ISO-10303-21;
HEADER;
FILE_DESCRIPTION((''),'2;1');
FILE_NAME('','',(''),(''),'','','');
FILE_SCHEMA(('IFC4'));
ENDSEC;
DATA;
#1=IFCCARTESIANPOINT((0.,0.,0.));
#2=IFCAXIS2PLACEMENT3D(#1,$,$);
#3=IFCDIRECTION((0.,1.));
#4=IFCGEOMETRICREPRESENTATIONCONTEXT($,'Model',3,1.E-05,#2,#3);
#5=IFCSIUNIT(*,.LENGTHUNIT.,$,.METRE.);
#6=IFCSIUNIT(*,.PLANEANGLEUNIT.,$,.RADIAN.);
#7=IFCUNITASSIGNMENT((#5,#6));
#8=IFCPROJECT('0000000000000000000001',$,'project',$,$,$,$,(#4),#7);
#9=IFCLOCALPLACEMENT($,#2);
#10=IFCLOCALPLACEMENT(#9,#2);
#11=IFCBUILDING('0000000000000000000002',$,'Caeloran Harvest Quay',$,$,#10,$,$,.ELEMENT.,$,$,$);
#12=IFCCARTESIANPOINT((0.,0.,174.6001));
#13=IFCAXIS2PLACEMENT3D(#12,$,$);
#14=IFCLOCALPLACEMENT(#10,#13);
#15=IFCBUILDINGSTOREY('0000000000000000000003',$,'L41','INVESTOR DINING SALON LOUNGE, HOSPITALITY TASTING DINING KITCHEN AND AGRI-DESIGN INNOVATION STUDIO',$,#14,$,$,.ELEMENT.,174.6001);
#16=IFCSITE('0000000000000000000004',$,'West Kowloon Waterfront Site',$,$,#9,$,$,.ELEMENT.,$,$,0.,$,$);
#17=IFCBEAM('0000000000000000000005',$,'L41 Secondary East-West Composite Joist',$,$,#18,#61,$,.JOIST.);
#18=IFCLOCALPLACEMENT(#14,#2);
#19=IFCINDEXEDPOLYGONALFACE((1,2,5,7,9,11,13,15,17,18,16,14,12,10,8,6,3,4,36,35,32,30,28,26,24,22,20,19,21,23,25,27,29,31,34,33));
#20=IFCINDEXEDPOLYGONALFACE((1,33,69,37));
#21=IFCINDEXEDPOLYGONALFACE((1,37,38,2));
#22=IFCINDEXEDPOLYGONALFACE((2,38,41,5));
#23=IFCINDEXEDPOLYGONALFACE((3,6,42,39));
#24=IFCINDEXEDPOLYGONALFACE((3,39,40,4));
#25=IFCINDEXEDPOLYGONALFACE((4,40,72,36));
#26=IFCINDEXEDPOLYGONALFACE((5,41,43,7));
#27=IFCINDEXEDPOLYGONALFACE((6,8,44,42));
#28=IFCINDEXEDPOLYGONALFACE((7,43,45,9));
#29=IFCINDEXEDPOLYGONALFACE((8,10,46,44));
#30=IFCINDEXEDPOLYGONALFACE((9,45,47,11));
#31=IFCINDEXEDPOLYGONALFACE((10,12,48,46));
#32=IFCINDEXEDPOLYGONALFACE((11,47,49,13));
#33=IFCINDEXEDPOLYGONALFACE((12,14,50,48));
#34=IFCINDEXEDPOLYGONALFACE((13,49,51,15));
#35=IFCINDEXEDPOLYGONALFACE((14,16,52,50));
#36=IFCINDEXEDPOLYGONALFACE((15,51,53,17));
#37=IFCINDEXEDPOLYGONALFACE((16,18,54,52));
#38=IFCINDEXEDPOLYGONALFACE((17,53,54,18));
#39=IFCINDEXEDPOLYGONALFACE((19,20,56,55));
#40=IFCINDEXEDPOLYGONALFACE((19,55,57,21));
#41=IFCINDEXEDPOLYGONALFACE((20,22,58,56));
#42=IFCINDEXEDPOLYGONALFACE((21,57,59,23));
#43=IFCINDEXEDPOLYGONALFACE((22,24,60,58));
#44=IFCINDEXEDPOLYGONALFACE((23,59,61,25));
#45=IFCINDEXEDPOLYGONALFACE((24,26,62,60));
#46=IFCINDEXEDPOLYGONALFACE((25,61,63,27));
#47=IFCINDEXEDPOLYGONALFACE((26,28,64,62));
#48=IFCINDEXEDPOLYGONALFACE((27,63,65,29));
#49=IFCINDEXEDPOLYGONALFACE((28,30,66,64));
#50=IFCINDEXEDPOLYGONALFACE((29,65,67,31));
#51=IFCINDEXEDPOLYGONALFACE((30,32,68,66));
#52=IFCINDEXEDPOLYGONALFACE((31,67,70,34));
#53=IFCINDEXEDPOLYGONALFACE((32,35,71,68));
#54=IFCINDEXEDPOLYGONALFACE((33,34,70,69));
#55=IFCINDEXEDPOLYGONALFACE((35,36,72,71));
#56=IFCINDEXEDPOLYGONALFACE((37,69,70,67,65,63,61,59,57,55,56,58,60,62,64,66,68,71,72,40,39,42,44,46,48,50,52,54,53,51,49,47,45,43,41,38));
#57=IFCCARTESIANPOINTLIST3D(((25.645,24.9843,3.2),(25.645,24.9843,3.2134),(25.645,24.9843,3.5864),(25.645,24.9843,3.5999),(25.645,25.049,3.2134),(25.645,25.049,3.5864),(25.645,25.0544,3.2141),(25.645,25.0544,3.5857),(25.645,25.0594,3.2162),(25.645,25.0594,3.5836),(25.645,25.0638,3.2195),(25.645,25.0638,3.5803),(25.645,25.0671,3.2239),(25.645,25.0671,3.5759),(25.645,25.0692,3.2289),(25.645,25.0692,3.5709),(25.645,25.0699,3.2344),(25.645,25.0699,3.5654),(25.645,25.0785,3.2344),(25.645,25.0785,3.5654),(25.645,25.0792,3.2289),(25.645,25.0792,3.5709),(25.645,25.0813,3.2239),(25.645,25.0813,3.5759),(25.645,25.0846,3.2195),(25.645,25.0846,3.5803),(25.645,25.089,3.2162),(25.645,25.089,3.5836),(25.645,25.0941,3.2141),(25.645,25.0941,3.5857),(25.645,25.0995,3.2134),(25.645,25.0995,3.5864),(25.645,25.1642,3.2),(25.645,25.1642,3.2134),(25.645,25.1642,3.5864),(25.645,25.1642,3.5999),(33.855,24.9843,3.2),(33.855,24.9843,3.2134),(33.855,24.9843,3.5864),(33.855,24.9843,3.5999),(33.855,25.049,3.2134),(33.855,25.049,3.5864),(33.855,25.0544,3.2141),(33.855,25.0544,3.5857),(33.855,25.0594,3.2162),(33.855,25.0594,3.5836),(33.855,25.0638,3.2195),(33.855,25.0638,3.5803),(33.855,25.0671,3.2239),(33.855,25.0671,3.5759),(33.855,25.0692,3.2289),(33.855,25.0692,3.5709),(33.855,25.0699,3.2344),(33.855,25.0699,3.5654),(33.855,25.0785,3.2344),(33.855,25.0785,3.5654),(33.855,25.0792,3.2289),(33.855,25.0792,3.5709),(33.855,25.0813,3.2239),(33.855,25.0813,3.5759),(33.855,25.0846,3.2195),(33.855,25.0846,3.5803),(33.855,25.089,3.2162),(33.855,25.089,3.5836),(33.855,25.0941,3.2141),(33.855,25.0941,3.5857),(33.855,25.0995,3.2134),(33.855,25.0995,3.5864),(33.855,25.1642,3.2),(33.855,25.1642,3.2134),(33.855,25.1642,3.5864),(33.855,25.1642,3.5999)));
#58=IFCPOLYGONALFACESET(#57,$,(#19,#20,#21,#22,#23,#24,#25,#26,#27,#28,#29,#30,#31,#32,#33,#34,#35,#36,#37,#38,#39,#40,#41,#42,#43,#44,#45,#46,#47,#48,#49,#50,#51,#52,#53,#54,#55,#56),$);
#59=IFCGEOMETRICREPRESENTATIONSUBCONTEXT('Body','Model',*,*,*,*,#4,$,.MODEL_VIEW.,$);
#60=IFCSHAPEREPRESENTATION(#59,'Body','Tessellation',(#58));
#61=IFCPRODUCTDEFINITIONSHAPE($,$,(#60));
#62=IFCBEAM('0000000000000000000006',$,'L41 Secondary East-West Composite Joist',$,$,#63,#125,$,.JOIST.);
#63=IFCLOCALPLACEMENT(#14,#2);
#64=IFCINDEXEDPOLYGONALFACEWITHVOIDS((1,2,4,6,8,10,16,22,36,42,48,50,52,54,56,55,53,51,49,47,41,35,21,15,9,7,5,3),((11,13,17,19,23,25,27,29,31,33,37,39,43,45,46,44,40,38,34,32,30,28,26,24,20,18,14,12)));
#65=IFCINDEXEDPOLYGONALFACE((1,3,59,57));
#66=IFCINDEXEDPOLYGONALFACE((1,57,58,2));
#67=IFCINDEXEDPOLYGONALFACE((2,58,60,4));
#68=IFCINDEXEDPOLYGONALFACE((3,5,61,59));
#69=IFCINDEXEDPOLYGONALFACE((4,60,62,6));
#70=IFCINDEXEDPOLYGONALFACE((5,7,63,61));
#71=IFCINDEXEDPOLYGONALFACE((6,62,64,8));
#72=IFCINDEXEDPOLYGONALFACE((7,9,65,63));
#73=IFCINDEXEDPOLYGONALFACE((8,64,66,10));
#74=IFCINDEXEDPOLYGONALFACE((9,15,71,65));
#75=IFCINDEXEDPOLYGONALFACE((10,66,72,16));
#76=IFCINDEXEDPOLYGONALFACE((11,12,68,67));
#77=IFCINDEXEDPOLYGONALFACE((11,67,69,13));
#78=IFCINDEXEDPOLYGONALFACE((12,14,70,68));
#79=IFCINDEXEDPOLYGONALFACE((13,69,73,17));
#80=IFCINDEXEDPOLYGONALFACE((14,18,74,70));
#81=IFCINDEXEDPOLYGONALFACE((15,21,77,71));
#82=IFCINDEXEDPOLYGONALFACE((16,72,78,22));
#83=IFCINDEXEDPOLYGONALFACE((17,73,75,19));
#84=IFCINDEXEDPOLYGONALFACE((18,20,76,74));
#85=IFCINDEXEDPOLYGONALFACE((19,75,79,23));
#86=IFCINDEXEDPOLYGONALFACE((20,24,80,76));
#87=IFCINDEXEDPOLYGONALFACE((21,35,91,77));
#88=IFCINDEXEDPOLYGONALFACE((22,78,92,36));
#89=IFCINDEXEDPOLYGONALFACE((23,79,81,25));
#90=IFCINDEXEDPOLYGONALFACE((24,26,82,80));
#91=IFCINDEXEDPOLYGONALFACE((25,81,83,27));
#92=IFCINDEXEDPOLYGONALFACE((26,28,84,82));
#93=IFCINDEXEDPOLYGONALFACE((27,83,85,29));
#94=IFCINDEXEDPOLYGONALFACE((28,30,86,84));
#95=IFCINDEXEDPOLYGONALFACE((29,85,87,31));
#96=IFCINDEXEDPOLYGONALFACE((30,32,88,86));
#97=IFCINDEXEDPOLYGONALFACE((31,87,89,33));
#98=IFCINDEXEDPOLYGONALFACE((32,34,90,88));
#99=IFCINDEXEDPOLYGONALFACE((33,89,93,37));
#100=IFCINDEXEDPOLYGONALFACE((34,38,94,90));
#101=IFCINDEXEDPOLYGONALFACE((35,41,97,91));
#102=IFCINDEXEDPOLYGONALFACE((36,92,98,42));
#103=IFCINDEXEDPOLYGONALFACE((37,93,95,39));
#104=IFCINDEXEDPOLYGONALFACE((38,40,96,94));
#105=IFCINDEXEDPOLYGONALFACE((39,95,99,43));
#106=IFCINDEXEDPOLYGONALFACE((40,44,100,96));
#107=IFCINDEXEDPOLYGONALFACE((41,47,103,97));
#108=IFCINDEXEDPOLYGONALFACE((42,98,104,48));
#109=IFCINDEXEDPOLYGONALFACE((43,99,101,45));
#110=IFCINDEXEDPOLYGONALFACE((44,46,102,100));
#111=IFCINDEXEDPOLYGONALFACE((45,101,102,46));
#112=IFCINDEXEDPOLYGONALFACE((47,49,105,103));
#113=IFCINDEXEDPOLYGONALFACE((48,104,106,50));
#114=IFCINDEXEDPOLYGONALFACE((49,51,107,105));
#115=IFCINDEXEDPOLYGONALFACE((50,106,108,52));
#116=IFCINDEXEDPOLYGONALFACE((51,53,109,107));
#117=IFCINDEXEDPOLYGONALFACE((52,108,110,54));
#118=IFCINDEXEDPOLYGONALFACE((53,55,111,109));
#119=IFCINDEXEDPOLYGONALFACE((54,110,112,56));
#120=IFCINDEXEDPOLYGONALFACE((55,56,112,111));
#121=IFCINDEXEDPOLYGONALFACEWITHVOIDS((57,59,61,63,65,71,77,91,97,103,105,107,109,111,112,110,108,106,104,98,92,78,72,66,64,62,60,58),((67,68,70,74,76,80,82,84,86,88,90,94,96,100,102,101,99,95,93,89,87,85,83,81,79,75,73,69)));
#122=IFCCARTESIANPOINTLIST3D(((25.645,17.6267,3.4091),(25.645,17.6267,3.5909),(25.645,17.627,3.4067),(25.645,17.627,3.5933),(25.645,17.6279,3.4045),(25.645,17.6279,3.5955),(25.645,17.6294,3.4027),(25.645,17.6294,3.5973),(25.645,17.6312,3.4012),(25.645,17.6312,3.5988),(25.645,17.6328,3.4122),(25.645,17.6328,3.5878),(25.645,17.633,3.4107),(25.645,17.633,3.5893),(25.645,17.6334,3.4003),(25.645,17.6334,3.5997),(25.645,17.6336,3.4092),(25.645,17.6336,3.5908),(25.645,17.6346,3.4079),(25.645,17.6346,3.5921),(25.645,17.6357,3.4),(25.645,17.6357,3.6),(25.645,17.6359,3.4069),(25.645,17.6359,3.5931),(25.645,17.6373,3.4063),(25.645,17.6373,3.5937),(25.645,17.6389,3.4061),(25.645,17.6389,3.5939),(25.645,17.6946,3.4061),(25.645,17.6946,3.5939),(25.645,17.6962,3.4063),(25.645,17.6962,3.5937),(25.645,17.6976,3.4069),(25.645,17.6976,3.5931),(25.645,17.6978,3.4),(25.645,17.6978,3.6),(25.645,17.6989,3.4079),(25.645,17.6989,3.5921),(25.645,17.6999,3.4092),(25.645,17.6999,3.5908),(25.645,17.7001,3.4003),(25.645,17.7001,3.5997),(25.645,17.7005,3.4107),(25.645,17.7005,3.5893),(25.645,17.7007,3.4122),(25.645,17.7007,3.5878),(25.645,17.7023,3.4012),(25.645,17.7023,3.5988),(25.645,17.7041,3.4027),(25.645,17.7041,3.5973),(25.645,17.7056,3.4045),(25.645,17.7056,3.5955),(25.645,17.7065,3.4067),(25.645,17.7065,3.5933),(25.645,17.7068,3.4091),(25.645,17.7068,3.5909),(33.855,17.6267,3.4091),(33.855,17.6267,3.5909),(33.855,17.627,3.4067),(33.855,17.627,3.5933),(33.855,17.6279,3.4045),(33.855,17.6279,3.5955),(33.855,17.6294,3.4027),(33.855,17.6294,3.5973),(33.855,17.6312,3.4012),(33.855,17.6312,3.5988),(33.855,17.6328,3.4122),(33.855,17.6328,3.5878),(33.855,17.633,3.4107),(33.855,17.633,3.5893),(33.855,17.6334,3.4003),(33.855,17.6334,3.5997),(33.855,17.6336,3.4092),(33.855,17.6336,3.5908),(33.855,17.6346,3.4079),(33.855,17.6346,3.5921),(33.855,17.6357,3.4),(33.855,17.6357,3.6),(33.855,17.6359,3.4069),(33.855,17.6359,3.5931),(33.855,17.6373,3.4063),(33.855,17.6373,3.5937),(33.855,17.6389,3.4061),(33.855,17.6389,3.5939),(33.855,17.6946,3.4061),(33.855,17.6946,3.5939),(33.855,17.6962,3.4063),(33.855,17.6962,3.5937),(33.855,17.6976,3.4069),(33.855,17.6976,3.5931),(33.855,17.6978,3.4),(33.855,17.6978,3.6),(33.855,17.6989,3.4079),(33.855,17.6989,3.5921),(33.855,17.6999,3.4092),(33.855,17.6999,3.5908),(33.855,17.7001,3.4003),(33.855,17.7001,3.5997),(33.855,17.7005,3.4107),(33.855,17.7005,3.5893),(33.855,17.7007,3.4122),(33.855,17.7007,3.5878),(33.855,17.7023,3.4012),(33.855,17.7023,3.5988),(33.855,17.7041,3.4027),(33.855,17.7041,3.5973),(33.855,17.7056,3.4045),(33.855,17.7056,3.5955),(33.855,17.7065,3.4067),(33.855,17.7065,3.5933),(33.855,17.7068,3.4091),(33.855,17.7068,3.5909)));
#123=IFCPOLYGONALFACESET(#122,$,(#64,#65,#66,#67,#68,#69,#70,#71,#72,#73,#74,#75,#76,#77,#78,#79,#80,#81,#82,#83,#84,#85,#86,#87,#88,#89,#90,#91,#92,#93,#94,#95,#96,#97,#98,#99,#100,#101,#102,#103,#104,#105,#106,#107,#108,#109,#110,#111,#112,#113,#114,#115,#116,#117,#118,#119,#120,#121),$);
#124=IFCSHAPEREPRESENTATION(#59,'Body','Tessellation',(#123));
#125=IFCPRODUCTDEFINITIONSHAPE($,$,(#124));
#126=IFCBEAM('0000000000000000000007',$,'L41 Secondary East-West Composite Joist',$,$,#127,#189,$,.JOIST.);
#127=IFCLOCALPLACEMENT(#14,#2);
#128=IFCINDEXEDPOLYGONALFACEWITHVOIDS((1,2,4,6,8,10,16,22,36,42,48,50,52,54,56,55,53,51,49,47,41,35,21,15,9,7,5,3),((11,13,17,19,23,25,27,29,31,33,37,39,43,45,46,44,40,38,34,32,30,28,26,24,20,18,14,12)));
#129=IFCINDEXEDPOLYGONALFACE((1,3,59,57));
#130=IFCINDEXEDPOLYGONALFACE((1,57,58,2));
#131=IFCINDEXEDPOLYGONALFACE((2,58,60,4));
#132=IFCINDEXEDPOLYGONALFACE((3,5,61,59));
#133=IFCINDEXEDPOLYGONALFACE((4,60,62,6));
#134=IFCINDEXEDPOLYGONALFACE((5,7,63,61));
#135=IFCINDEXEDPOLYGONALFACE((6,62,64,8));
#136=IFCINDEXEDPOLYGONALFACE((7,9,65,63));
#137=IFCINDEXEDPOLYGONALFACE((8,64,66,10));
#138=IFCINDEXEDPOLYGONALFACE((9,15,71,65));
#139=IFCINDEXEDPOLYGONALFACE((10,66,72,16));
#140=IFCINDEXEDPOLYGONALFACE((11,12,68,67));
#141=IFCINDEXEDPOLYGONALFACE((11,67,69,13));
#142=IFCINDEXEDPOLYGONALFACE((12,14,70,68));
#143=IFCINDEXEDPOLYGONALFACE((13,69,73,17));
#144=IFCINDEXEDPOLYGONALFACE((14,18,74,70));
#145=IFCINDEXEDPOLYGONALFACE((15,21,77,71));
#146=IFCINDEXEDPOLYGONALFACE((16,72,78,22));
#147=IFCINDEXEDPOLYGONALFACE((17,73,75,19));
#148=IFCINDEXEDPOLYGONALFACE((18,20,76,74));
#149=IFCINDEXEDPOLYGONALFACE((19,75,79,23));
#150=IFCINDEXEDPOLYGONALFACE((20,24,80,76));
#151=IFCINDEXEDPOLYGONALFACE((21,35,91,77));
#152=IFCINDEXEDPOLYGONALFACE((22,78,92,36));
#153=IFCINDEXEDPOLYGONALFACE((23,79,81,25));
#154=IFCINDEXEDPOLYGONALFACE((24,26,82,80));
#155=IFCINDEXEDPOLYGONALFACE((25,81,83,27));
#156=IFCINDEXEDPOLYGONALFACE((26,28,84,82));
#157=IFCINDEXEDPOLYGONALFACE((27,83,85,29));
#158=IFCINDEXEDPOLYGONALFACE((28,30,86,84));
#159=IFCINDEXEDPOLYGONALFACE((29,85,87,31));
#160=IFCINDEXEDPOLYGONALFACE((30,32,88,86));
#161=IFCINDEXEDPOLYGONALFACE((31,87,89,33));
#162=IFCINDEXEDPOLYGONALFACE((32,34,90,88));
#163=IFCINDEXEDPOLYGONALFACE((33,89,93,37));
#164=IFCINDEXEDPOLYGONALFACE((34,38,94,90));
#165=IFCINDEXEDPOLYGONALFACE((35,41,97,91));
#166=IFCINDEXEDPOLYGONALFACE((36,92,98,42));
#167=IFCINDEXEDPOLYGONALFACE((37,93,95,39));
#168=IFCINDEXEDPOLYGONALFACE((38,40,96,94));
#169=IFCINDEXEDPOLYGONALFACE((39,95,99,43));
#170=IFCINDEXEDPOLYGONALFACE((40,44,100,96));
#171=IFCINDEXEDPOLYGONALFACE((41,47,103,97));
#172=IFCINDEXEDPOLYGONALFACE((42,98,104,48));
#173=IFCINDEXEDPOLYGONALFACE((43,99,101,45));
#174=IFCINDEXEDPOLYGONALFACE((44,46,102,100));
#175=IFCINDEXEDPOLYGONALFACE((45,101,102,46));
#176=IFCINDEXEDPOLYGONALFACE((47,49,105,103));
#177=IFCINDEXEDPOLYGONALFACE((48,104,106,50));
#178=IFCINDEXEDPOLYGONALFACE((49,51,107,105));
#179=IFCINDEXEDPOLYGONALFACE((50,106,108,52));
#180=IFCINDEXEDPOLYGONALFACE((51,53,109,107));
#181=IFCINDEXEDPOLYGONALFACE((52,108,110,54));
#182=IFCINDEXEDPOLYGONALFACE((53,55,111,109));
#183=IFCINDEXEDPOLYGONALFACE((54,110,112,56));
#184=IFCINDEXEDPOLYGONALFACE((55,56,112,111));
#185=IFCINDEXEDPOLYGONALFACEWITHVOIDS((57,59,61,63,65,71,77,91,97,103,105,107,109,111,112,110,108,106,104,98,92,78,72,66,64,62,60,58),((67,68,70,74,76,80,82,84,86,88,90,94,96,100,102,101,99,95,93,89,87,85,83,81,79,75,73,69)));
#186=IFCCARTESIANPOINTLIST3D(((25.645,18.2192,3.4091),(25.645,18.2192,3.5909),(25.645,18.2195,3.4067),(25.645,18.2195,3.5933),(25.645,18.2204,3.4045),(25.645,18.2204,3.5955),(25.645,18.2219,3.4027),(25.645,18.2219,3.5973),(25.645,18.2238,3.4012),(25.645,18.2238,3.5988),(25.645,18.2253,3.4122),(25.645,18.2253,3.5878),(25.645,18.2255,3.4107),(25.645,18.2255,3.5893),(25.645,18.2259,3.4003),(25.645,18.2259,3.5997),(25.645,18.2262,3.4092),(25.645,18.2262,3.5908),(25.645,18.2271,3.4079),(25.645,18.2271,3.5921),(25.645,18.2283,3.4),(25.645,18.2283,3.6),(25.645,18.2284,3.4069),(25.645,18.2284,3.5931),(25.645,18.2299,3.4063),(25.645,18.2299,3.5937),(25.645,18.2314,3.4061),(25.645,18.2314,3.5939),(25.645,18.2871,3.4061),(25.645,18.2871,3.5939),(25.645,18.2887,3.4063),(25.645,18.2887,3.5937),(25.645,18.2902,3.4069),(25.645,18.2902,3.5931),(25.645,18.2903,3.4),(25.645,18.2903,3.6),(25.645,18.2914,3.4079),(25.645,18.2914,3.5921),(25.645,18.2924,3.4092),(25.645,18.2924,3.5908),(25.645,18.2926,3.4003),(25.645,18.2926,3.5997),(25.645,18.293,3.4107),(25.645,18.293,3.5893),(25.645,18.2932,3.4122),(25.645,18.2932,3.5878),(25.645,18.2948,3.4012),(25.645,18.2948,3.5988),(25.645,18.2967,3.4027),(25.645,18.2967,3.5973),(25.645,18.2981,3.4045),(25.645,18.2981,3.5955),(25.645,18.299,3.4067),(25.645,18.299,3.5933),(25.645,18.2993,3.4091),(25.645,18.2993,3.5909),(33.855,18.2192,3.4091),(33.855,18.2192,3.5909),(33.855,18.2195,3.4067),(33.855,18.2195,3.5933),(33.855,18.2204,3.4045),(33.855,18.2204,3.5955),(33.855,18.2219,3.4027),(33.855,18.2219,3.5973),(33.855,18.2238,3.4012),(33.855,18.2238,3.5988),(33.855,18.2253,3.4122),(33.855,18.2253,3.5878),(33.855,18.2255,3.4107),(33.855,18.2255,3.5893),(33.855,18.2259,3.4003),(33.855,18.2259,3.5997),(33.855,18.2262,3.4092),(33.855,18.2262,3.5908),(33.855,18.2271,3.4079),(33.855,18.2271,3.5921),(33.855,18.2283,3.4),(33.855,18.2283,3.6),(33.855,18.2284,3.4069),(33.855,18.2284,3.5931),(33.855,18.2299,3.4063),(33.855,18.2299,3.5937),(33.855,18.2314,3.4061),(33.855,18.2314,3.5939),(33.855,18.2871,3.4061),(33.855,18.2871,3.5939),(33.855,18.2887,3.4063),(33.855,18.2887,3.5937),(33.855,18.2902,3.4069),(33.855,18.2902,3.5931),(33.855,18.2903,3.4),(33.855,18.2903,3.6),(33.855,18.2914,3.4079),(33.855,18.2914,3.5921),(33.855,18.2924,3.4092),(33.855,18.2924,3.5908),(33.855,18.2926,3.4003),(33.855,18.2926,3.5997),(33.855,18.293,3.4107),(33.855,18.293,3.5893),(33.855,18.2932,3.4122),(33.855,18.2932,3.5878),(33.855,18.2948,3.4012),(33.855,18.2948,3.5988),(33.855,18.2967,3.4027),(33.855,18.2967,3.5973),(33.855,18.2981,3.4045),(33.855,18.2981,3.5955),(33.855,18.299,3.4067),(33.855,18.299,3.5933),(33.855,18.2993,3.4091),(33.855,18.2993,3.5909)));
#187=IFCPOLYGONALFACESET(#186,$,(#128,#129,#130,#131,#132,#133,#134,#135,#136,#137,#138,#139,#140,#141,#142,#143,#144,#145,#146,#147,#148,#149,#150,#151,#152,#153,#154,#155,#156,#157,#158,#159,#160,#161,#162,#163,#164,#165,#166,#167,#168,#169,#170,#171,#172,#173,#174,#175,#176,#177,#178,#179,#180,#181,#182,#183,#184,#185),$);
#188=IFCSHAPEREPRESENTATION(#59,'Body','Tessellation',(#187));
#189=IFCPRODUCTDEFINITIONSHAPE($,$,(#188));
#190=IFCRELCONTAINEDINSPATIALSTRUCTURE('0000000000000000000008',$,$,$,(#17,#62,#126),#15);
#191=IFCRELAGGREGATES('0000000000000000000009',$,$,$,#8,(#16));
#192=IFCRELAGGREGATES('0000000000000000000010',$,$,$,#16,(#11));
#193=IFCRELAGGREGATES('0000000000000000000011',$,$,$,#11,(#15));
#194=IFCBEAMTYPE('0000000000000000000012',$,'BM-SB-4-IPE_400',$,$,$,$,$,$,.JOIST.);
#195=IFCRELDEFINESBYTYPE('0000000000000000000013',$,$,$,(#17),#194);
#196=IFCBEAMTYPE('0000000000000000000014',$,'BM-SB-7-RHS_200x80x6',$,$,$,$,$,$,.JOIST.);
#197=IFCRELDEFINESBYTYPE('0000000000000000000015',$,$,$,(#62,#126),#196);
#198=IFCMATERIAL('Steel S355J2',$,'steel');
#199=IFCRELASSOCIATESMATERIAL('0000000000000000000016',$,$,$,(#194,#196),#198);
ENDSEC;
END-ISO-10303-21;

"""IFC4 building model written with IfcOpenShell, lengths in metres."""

from ifc_helpers import new_model, si_unit, direction, frame, origin, origin_2d, place, context, subcontext, project, spatial, hollow_rectangle, i_section, extrude, material, material_profile, profile_set, type_object, element, save


model = new_model("IFC4")

# Units and contexts
model_context = context("Model", 3, precision=1e-05, world=origin(), true_north=direction((0.0, 1.0)))
body_context = subcontext(model_context, "Body", "Model", "MODEL_VIEW")
ifc_project = project(units=[si_unit("LENGTHUNIT", "METRE"), si_unit("PLANEANGLEUNIT", "RADIAN")], contexts=[model_context])

# Site, building, storey
site_placement = place(None, origin())
site = spatial("IfcSite", under=ifc_project, at=site_placement, Name="West Kowloon Waterfront Site", CompositionType="ELEMENT", RefElevation=0.0)
building_placement = place(site_placement, origin())
building = spatial("IfcBuilding", under=site, at=building_placement, Name="Caeloran Harvest Quay", CompositionType="ELEMENT")
storey_placement = place(building_placement, frame((0.0, 0.0, 174.6001)))
storey = spatial("IfcBuildingStorey", under=building, at=storey_placement, Name="L41", Description="INVESTOR DINING SALON LOUNGE, HOSPITALITY TASTING DINING KITCHEN AND AGRI-DESIGN INNOVATION STUDIO", CompositionType="ELEMENT", Elevation=174.6001)

# Beams
ifc_material_1 = material(Name="Steel S355J2", Category="steel")
ifc_material_profile_1 = material_profile(ifc_material_1, i_section(OverallWidth=0.1799, OverallDepth=0.3999, WebThickness=0.0085, FlangeThickness=0.0134, FilletRadius=0.021, at=origin_2d()), Name="IPE 400")
ifc_profile_set_1 = profile_set([ifc_material_profile_1], Name="Steel S355J2")
beam_type_1 = type_object("IfcBeamType", Name="BM-SB-4-IPE_400", PredefinedType="JOIST", material=ifc_profile_set_1)
for number, where, z_axis, x_axis, name in (
    (1, (25.645, 25.0742, 3.3999), (1.0, 0.0, 0.0), (0.0, 1.0, 0.0), "L41 Secondary East-West Composite Joist"),
):
    element("IfcBeam", number, at=place(storey_placement, frame(where, z_axis=z_axis, x_axis=x_axis)), inside=storey, type_object=beam_type_1, Name=name, PredefinedType="JOIST", context=body_context, shape_type="SweptSolid", body=[
        extrude(i_section(OverallWidth=0.1799, OverallDepth=0.3999, WebThickness=0.0085, FlangeThickness=0.0134, FilletRadius=0.021, at=origin_2d()), origin(), (0.0, 0.0, 1.0), 8.21),
    ])
ifc_material_profile_2 = material_profile(ifc_material_1, hollow_rectangle(XDim=0.0801, YDim=0.2, WallThickness=0.0061, InnerFilletRadius=0.0061, OuterFilletRadius=0.009, at=origin_2d()), Name="RHS 200x80x6")
ifc_profile_set_2 = profile_set([ifc_material_profile_2], Name="Steel S355J2")
beam_type_2 = type_object("IfcBeamType", Name="BM-SB-7-RHS_200x80x6", PredefinedType="JOIST", material=ifc_profile_set_2)
for number, where, z_axis, x_axis, name in (
    (2, (25.645, 17.6667, 3.5), (1.0, 0.0, 0.0), (0.0, 1.0, 0.0), "L41 Secondary East-West Composite Joist"),
    (3, (25.645, 18.2593, 3.5), (1.0, 0.0, 0.0), (0.0, 1.0, 0.0), "L41 Secondary East-West Composite Joist"),
):
    element("IfcBeam", number, at=place(storey_placement, frame(where, z_axis=z_axis, x_axis=x_axis)), inside=storey, type_object=beam_type_2, Name=name, PredefinedType="JOIST", context=body_context, shape_type="SweptSolid", body=[
        extrude(hollow_rectangle(XDim=0.0801, YDim=0.2, WallThickness=0.0061, InnerFilletRadius=0.0061, OuterFilletRadius=0.009, at=origin_2d()), origin(), (0.0, 0.0, 1.0), 8.21),
    ])

save(model, "model.ifc")
